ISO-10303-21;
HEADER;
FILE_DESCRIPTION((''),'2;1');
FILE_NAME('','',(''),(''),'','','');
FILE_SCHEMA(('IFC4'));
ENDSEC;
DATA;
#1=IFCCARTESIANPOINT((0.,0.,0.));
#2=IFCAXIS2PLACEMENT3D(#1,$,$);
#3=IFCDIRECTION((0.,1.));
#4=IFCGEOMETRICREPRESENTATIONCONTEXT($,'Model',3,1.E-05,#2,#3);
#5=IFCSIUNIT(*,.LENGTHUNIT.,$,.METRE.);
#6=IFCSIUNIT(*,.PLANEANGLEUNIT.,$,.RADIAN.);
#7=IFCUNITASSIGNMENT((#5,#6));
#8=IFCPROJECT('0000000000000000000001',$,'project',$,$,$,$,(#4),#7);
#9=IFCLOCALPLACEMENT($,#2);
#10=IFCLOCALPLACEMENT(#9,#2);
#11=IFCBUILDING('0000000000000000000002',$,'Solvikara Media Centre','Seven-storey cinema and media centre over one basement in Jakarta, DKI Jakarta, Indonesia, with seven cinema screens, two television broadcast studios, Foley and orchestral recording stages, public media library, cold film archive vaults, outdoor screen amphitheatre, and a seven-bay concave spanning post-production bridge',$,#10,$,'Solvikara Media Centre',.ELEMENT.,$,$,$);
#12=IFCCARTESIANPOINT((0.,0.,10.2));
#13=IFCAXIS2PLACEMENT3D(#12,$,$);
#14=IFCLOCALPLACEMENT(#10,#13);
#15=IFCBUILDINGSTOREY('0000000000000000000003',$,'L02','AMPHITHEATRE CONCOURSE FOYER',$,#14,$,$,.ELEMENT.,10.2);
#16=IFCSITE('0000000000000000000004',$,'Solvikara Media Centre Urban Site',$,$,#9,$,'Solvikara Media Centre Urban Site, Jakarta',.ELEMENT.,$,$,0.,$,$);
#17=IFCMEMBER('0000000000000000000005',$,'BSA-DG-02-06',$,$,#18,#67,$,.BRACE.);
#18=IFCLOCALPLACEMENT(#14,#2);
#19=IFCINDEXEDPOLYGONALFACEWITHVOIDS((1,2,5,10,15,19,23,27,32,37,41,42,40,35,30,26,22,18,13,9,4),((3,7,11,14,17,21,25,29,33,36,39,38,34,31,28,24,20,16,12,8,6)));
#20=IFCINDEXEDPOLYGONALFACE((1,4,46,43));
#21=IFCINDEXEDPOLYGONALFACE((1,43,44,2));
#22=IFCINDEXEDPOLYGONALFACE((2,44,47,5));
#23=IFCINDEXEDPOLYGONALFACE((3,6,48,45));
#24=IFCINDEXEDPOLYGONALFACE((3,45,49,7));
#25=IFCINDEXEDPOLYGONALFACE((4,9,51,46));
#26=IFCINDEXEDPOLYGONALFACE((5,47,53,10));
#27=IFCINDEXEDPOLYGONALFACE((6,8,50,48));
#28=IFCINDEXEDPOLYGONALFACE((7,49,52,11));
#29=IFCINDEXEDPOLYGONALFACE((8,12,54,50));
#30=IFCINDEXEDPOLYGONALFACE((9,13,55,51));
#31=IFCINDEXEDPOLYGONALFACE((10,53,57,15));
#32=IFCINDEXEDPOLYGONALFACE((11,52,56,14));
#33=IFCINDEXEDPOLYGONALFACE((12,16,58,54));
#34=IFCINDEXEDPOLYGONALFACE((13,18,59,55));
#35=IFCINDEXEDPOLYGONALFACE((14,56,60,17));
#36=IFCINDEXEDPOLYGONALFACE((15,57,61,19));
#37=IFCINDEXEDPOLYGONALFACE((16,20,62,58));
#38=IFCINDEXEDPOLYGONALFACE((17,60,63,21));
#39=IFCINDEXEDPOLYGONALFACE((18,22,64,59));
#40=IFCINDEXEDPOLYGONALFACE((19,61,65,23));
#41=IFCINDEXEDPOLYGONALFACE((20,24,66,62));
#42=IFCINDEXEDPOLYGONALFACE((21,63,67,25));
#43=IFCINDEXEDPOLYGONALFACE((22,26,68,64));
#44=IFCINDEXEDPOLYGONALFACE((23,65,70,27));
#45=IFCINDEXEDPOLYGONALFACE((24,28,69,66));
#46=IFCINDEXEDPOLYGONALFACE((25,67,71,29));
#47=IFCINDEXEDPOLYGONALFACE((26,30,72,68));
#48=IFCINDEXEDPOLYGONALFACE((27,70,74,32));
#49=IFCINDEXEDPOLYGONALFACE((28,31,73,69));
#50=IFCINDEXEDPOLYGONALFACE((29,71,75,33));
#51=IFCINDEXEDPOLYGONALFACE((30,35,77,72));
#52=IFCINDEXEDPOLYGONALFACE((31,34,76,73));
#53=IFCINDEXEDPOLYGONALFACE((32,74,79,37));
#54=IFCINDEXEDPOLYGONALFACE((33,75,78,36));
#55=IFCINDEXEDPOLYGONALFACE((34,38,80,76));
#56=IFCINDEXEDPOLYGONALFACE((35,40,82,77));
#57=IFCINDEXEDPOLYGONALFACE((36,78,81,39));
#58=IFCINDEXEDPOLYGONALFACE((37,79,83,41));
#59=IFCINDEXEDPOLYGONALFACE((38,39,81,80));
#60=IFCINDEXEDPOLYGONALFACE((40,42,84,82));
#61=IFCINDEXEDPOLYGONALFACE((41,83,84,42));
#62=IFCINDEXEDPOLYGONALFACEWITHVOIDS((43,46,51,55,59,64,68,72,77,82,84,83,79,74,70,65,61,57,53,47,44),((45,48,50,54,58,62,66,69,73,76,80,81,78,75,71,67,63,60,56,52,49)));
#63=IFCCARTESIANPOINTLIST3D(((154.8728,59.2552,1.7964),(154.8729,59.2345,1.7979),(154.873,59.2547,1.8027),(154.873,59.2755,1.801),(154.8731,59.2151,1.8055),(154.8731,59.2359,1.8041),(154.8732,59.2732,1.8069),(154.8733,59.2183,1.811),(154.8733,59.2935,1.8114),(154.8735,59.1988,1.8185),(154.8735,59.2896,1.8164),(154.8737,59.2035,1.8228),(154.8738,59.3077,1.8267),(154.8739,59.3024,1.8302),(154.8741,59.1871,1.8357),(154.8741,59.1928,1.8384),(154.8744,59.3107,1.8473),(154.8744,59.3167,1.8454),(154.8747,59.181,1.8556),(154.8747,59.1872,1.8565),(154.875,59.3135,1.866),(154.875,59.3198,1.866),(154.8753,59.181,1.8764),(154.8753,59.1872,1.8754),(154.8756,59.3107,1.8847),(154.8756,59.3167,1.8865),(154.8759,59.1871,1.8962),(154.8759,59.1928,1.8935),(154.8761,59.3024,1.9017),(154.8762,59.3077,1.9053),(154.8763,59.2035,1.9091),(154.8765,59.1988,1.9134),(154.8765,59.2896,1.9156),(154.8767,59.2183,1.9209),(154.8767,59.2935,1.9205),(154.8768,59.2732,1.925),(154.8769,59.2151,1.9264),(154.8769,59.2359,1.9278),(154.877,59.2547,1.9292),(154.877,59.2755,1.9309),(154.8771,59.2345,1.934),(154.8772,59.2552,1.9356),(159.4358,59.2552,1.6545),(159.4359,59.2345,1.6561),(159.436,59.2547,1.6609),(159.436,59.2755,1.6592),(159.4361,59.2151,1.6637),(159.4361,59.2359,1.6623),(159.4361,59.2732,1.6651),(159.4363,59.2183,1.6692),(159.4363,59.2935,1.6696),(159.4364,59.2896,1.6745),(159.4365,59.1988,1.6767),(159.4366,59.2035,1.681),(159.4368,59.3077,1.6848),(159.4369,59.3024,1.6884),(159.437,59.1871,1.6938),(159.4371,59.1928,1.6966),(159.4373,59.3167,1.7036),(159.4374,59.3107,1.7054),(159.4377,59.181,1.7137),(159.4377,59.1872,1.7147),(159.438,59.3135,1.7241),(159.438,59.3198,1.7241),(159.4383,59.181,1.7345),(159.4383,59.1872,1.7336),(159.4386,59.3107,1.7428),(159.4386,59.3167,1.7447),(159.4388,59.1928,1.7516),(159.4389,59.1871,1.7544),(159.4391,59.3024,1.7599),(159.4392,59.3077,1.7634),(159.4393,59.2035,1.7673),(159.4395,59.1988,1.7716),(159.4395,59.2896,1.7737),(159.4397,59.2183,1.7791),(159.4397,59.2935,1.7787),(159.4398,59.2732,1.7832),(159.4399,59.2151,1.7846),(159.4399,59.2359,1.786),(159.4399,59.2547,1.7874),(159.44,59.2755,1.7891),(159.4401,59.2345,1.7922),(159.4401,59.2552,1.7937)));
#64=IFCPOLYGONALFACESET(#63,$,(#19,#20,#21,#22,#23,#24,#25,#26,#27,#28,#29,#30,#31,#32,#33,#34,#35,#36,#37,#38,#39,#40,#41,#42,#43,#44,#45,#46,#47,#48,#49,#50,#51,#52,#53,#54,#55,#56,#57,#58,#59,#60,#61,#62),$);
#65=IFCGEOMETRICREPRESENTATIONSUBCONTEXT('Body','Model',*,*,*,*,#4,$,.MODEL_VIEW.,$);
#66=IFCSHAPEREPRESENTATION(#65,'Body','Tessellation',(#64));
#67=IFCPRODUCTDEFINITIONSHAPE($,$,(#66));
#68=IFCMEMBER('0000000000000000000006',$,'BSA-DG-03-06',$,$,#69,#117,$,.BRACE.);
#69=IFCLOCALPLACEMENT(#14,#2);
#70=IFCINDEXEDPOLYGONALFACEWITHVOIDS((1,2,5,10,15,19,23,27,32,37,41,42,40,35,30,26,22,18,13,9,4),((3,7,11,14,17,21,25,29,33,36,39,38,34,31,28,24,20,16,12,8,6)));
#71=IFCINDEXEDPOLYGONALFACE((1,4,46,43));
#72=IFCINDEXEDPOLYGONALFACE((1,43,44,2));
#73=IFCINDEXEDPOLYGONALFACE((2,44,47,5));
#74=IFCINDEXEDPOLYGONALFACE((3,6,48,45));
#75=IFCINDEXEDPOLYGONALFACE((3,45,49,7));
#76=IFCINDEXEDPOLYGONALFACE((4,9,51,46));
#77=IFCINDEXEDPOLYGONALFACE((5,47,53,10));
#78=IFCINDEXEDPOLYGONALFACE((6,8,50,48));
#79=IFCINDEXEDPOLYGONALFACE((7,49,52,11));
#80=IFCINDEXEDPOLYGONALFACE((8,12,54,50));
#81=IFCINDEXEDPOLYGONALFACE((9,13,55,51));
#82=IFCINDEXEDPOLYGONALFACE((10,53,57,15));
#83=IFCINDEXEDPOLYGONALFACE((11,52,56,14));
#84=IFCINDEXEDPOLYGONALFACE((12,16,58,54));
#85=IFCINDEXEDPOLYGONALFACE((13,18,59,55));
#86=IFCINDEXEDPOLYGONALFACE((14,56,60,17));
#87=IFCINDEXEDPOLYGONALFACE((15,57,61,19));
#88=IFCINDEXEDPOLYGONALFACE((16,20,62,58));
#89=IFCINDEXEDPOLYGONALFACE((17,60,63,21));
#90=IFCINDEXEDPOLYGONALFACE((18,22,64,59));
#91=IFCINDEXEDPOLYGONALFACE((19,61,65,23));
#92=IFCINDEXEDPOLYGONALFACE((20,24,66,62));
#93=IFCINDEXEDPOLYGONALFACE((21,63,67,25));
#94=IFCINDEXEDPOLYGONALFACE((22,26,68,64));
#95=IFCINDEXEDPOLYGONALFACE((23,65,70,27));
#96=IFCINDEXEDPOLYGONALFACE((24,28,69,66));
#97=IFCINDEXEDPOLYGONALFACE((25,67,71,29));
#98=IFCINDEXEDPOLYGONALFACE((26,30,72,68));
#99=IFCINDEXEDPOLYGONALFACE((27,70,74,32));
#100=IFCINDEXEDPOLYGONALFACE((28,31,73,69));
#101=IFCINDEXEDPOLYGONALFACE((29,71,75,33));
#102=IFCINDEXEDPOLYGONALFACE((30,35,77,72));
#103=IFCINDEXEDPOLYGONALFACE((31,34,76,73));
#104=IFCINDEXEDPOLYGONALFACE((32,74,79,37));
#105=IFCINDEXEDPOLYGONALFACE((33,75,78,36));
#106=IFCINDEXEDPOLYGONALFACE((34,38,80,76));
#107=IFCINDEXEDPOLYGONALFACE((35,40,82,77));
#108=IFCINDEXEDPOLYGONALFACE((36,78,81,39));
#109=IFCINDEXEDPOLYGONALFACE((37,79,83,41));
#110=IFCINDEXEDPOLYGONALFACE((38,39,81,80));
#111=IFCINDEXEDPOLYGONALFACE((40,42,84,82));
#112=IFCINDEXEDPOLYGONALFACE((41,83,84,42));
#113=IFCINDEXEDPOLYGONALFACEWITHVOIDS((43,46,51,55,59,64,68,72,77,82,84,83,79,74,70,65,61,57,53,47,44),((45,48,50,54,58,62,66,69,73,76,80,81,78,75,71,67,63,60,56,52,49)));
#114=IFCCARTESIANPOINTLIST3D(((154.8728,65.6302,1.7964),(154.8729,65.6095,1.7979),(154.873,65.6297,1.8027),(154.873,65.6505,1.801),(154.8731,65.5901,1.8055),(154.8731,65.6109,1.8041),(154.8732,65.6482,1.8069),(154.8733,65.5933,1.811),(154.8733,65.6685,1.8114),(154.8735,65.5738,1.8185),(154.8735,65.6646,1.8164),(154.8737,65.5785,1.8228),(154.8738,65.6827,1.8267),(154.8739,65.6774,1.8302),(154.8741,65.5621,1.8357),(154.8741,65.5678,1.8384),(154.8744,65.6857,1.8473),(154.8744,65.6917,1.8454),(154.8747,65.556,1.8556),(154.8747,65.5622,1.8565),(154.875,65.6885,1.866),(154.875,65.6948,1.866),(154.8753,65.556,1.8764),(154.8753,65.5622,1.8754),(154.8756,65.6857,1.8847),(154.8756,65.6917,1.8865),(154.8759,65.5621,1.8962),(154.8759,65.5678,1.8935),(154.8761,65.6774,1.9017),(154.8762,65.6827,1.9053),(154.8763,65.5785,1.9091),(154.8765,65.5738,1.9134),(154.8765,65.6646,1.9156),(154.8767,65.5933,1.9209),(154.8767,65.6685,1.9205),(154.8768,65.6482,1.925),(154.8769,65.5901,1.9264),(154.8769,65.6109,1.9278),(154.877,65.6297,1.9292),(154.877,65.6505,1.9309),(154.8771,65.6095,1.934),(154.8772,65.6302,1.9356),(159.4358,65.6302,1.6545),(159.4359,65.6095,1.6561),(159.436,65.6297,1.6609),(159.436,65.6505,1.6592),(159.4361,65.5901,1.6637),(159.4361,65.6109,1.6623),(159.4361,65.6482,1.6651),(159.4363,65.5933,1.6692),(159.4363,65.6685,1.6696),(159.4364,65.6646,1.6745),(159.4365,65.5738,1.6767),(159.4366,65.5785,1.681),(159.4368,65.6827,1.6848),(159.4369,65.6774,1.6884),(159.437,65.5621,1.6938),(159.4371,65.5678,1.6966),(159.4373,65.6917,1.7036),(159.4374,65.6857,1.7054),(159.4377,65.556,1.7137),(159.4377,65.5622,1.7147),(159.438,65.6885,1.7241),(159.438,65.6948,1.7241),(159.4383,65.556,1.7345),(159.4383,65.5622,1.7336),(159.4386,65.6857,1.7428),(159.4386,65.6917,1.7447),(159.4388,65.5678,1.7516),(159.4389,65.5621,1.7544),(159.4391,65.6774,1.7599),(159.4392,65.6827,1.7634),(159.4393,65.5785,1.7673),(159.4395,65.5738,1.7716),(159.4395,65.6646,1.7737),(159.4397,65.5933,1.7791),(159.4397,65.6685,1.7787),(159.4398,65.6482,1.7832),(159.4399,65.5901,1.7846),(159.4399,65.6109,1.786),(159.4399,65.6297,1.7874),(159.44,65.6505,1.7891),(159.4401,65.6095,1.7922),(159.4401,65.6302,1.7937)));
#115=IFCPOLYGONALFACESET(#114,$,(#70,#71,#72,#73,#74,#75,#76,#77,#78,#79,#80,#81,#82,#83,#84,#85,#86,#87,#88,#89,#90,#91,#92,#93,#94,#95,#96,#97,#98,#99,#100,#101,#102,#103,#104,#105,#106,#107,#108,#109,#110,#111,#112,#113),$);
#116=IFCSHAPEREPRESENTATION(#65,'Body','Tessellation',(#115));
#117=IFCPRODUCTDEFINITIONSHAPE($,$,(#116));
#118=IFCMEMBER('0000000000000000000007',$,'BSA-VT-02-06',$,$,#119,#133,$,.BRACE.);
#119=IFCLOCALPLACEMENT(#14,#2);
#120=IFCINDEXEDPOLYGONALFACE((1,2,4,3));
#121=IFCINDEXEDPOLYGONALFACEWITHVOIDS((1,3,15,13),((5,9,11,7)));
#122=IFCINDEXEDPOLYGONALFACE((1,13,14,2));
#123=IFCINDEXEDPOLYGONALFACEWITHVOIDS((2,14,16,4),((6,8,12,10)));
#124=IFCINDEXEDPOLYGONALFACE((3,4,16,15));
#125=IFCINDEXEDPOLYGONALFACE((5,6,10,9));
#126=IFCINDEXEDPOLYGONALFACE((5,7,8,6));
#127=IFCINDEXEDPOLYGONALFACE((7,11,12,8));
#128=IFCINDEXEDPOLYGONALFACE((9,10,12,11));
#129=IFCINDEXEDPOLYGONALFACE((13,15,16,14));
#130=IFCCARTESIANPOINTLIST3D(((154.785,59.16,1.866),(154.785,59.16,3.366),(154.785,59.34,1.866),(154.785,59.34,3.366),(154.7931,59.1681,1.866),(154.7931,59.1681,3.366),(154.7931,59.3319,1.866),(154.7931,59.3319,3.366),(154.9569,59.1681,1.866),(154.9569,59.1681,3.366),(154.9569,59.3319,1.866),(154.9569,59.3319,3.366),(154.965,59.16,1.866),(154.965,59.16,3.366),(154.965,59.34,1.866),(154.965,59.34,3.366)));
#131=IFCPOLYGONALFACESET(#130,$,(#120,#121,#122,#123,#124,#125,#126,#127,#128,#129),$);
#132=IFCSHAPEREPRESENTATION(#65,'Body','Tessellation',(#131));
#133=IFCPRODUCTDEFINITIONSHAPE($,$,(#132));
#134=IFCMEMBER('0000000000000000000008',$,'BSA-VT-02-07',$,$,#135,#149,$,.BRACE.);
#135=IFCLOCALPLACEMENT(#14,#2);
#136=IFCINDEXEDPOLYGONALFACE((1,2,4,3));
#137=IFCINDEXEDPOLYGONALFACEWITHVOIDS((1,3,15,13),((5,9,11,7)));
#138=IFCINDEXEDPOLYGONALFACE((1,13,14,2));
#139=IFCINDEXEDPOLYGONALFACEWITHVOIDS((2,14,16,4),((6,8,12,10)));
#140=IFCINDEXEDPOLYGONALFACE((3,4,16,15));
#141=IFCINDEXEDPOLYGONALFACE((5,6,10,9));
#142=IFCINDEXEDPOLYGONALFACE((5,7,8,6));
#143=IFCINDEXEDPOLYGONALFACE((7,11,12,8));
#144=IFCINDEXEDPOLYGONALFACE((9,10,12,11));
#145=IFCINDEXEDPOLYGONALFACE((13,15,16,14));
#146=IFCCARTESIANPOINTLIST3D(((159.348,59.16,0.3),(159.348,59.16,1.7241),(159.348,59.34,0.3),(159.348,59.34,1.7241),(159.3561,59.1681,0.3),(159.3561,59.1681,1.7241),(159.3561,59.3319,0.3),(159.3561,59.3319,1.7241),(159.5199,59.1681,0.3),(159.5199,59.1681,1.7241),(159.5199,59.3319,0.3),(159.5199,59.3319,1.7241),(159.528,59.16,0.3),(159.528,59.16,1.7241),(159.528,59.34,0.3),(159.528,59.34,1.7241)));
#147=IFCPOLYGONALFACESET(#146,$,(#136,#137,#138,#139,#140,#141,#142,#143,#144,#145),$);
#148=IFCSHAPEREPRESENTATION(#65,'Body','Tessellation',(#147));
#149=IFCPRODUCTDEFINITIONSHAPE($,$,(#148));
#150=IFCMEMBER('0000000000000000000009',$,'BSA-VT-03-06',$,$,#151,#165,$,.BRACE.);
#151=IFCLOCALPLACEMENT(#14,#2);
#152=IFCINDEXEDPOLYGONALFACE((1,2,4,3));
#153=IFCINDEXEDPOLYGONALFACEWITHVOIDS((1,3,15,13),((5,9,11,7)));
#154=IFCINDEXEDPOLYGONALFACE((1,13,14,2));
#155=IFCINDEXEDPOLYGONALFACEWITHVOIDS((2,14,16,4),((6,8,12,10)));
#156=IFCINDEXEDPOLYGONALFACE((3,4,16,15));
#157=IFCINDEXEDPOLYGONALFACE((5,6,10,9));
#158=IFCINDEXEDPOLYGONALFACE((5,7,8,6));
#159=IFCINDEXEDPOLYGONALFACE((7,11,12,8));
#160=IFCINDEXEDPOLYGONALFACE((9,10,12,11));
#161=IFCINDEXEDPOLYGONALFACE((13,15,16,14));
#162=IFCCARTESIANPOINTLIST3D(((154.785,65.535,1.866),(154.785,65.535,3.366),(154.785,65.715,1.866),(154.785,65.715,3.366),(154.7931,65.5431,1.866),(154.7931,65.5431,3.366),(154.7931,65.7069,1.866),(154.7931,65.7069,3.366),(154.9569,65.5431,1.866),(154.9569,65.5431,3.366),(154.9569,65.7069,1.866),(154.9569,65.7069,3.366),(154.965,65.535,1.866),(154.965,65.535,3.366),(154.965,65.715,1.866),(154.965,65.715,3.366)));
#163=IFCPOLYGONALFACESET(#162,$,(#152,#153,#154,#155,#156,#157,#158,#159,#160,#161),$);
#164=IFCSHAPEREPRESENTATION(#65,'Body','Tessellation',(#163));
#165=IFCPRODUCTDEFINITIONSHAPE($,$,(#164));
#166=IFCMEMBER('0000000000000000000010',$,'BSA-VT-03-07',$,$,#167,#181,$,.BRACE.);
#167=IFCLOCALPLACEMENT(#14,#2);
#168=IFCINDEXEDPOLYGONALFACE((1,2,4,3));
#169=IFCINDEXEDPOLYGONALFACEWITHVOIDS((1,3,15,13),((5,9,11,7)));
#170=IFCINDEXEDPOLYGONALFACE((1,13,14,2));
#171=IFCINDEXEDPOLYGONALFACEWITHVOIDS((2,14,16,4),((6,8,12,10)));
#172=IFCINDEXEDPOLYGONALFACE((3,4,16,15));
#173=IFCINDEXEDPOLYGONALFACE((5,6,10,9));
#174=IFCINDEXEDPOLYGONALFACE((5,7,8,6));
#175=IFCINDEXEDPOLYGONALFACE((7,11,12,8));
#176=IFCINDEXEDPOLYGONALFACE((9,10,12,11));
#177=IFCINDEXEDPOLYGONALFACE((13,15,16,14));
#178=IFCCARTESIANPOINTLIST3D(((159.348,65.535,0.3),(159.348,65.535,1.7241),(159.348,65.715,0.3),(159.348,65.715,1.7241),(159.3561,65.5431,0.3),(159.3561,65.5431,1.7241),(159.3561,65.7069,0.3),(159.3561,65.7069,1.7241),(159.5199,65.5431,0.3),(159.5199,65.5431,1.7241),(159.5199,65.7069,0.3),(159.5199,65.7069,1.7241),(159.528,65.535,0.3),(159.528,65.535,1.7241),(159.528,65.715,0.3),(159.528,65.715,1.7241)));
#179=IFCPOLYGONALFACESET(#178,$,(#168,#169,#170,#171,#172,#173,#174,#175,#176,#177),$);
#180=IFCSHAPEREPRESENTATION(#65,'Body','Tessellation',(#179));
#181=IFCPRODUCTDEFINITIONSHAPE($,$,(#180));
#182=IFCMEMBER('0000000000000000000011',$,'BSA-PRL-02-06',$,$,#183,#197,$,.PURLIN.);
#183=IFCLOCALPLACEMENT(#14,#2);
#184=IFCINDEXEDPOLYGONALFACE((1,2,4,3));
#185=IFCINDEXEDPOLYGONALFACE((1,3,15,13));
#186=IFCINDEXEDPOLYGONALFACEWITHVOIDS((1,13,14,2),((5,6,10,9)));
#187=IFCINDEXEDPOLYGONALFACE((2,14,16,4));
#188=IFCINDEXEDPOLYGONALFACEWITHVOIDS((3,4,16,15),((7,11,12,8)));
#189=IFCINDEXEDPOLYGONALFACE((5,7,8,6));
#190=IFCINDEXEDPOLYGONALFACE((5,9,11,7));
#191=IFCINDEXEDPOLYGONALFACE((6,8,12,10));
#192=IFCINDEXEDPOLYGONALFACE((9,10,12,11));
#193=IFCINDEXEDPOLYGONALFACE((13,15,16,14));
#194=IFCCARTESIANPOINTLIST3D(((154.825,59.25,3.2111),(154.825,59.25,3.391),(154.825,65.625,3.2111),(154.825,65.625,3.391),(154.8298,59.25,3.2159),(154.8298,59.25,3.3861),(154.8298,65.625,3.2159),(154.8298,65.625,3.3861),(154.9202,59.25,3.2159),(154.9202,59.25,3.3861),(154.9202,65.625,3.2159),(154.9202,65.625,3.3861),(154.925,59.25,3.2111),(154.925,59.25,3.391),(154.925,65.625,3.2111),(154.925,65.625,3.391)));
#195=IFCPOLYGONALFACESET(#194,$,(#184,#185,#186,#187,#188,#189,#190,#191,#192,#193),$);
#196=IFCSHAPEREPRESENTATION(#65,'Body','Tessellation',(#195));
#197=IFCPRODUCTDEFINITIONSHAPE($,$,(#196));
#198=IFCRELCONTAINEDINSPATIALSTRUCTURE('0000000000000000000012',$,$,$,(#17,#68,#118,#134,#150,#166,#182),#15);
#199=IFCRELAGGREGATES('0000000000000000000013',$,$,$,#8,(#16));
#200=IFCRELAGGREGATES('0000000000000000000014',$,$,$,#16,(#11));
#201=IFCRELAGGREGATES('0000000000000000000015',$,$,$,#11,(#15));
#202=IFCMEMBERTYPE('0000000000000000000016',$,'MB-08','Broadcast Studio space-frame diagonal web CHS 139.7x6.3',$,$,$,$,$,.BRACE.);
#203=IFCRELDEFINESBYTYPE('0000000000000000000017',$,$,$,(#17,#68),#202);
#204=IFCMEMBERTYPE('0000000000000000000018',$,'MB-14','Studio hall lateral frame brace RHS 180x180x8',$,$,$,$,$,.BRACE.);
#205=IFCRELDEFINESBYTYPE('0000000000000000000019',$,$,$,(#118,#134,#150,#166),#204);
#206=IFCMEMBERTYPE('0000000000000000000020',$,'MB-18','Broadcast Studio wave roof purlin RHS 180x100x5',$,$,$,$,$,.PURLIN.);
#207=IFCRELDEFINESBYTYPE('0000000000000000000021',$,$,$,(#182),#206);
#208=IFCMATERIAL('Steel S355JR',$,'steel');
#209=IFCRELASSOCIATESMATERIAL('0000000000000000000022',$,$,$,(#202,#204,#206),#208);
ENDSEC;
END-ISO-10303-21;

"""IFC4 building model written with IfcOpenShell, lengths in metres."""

from ifc_helpers import new_model, si_unit, direction, frame, origin, origin_2d, place, context, subcontext, project, spatial, hollow_rectangle, hollow_circle, extrude, material, material_profile, profile_set, type_object, element, save


model = new_model("IFC4")

# Units and contexts
model_context = context("Model", 3, precision=1e-05, world=origin(), true_north=direction((0.0, 1.0)))
body_context = subcontext(model_context, "Body", "Model", "MODEL_VIEW")
ifc_project = project(units=[si_unit("LENGTHUNIT", "METRE"), si_unit("PLANEANGLEUNIT", "RADIAN")], contexts=[model_context])

# Site, building, storey
site_placement = place(None, origin())
site = spatial("IfcSite", under=ifc_project, at=site_placement, Name="Solvikara Media Centre Urban Site", LongName="Solvikara Media Centre Urban Site, Jakarta", CompositionType="ELEMENT", RefElevation=0.0)
building_placement = place(site_placement, origin())
building = spatial("IfcBuilding", under=site, at=building_placement, Name="Solvikara Media Centre", Description="Seven-storey cinema and media centre over one basement in Jakarta, DKI Jakarta, Indonesia, with seven cinema screens, two television broadcast studios, Foley and orchestral recording stages, public media library, cold film archive vaults, outdoor screen amphitheatre, and a seven-bay concave spanning post-production bridge", LongName="Solvikara Media Centre", CompositionType="ELEMENT")
storey_placement = place(building_placement, frame((0.0, 0.0, 10.2)))
storey = spatial("IfcBuildingStorey", under=building, at=storey_placement, Name="L02", Description="AMPHITHEATRE CONCOURSE FOYER", CompositionType="ELEMENT", Elevation=10.2)

# Members
ifc_material_1 = material(Name="Steel S355JR", Category="steel")
ifc_material_profile_1 = material_profile(ifc_material_1, hollow_circle(Radius=0.0698, WallThickness=0.0063, at=origin_2d()), Name="CHS 139.7x6.3")
ifc_profile_set_1 = profile_set([ifc_material_profile_1], Name="Steel S355JR")
member_type_1 = type_object("IfcMemberType", Name="MB-08", Description="Broadcast Studio space-frame diagonal web CHS 139.7x6.3", PredefinedType="BRACE", material=ifc_profile_set_1)
for number, where, z_axis, x_axis, name in (
    (1, (154.875, 59.25, 1.866), (0.999517, 0.0, -0.031071), (0.0, 1.0, 0.0), "BSA-DG-02-06"),
    (2, (154.875, 65.625, 1.866), (0.999517, 0.0, -0.031071), (0.0, 1.0, 0.0), "BSA-DG-03-06"),
):
    element("IfcMember", number, at=place(storey_placement, frame(where, z_axis=z_axis, x_axis=x_axis)), inside=storey, type_object=member_type_1, Name=name, PredefinedType="BRACE", context=body_context, shape_type="SweptSolid", body=[
        extrude(hollow_circle(Radius=0.0698, WallThickness=0.0063, at=origin_2d()), origin(), (0.0, 0.0, 1.0), 4.5652),
    ])
ifc_material_profile_2 = material_profile(ifc_material_1, hollow_rectangle(XDim=0.1799, YDim=0.1799, WallThickness=0.0081, at=origin_2d()), Name="RHS 180x180x8")
ifc_profile_set_2 = profile_set([ifc_material_profile_2], Name="Steel S355JR")
member_type_2 = type_object("IfcMemberType", Name="MB-14", Description="Studio hall lateral frame brace RHS 180x180x8", PredefinedType="BRACE", material=ifc_profile_set_2)
member_1_placement = place(storey_placement, frame((154.875, 59.25, 1.866), z_axis=(0.0, 0.0, 1.0), x_axis=(1.0, 0.0, 0.0)))
element("IfcMember", 3, at=member_1_placement, inside=storey, type_object=member_type_2, Name="BSA-VT-02-06", PredefinedType="BRACE", context=body_context, shape_type="SweptSolid", body=[
    extrude(hollow_rectangle(XDim=0.1799, YDim=0.1799, WallThickness=0.0081, at=origin_2d()), origin(), (0.0, 0.0, 1.0), 1.5),
])
member_2_placement = place(storey_placement, frame((159.438, 59.25, 0.3), z_axis=(0.0, 0.0, 1.0), x_axis=(1.0, 0.0, 0.0)))
element("IfcMember", 4, at=member_2_placement, inside=storey, type_object=member_type_2, Name="BSA-VT-02-07", PredefinedType="BRACE", context=body_context, shape_type="SweptSolid", body=[
    extrude(hollow_rectangle(XDim=0.1799, YDim=0.1799, WallThickness=0.0081, at=origin_2d()), origin(), (0.0, 0.0, 1.0), 1.4241),
])
member_3_placement = place(storey_placement, frame((154.875, 65.625, 1.866), z_axis=(0.0, 0.0, 1.0), x_axis=(1.0, 0.0, 0.0)))
element("IfcMember", 5, at=member_3_placement, inside=storey, type_object=member_type_2, Name="BSA-VT-03-06", PredefinedType="BRACE", context=body_context, shape_type="SweptSolid", body=[
    extrude(hollow_rectangle(XDim=0.1799, YDim=0.1799, WallThickness=0.0081, at=origin_2d()), origin(), (0.0, 0.0, 1.0), 1.5),
])
member_4_placement = place(storey_placement, frame((159.438, 65.625, 0.3), z_axis=(0.0, 0.0, 1.0), x_axis=(1.0, 0.0, 0.0)))
element("IfcMember", 6, at=member_4_placement, inside=storey, type_object=member_type_2, Name="BSA-VT-03-07", PredefinedType="BRACE", context=body_context, shape_type="SweptSolid", body=[
    extrude(hollow_rectangle(XDim=0.1799, YDim=0.1799, WallThickness=0.0081, at=origin_2d()), origin(), (0.0, 0.0, 1.0), 1.4241),
])
ifc_material_profile_3 = material_profile(ifc_material_1, hollow_rectangle(XDim=0.1001, YDim=0.1799, WallThickness=0.0049, at=origin_2d()), Name="RHS 180x100x5")
ifc_profile_set_3 = profile_set([ifc_material_profile_3], Name="Steel S355JR")
member_type_3 = type_object("IfcMemberType", Name="MB-18", Description="Broadcast Studio wave roof purlin RHS 180x100x5", PredefinedType="PURLIN", material=ifc_profile_set_3)
for number, where, z_axis, x_axis, name in (
    (7, (154.875, 59.25, 3.301), (0.0, 1.0, 0.0), (-1.0, 0.0, 0.0), "BSA-PRL-02-06"),
):
    element("IfcMember", number, at=place(storey_placement, frame(where, z_axis=z_axis, x_axis=x_axis)), inside=storey, type_object=member_type_3, Name=name, PredefinedType="PURLIN", context=body_context, shape_type="SweptSolid", body=[
        extrude(hollow_rectangle(XDim=0.1001, YDim=0.1799, WallThickness=0.0049, at=origin_2d()), origin(), (0.0, 0.0, 1.0), 6.375),
    ])

save(model, "model.ifc")
